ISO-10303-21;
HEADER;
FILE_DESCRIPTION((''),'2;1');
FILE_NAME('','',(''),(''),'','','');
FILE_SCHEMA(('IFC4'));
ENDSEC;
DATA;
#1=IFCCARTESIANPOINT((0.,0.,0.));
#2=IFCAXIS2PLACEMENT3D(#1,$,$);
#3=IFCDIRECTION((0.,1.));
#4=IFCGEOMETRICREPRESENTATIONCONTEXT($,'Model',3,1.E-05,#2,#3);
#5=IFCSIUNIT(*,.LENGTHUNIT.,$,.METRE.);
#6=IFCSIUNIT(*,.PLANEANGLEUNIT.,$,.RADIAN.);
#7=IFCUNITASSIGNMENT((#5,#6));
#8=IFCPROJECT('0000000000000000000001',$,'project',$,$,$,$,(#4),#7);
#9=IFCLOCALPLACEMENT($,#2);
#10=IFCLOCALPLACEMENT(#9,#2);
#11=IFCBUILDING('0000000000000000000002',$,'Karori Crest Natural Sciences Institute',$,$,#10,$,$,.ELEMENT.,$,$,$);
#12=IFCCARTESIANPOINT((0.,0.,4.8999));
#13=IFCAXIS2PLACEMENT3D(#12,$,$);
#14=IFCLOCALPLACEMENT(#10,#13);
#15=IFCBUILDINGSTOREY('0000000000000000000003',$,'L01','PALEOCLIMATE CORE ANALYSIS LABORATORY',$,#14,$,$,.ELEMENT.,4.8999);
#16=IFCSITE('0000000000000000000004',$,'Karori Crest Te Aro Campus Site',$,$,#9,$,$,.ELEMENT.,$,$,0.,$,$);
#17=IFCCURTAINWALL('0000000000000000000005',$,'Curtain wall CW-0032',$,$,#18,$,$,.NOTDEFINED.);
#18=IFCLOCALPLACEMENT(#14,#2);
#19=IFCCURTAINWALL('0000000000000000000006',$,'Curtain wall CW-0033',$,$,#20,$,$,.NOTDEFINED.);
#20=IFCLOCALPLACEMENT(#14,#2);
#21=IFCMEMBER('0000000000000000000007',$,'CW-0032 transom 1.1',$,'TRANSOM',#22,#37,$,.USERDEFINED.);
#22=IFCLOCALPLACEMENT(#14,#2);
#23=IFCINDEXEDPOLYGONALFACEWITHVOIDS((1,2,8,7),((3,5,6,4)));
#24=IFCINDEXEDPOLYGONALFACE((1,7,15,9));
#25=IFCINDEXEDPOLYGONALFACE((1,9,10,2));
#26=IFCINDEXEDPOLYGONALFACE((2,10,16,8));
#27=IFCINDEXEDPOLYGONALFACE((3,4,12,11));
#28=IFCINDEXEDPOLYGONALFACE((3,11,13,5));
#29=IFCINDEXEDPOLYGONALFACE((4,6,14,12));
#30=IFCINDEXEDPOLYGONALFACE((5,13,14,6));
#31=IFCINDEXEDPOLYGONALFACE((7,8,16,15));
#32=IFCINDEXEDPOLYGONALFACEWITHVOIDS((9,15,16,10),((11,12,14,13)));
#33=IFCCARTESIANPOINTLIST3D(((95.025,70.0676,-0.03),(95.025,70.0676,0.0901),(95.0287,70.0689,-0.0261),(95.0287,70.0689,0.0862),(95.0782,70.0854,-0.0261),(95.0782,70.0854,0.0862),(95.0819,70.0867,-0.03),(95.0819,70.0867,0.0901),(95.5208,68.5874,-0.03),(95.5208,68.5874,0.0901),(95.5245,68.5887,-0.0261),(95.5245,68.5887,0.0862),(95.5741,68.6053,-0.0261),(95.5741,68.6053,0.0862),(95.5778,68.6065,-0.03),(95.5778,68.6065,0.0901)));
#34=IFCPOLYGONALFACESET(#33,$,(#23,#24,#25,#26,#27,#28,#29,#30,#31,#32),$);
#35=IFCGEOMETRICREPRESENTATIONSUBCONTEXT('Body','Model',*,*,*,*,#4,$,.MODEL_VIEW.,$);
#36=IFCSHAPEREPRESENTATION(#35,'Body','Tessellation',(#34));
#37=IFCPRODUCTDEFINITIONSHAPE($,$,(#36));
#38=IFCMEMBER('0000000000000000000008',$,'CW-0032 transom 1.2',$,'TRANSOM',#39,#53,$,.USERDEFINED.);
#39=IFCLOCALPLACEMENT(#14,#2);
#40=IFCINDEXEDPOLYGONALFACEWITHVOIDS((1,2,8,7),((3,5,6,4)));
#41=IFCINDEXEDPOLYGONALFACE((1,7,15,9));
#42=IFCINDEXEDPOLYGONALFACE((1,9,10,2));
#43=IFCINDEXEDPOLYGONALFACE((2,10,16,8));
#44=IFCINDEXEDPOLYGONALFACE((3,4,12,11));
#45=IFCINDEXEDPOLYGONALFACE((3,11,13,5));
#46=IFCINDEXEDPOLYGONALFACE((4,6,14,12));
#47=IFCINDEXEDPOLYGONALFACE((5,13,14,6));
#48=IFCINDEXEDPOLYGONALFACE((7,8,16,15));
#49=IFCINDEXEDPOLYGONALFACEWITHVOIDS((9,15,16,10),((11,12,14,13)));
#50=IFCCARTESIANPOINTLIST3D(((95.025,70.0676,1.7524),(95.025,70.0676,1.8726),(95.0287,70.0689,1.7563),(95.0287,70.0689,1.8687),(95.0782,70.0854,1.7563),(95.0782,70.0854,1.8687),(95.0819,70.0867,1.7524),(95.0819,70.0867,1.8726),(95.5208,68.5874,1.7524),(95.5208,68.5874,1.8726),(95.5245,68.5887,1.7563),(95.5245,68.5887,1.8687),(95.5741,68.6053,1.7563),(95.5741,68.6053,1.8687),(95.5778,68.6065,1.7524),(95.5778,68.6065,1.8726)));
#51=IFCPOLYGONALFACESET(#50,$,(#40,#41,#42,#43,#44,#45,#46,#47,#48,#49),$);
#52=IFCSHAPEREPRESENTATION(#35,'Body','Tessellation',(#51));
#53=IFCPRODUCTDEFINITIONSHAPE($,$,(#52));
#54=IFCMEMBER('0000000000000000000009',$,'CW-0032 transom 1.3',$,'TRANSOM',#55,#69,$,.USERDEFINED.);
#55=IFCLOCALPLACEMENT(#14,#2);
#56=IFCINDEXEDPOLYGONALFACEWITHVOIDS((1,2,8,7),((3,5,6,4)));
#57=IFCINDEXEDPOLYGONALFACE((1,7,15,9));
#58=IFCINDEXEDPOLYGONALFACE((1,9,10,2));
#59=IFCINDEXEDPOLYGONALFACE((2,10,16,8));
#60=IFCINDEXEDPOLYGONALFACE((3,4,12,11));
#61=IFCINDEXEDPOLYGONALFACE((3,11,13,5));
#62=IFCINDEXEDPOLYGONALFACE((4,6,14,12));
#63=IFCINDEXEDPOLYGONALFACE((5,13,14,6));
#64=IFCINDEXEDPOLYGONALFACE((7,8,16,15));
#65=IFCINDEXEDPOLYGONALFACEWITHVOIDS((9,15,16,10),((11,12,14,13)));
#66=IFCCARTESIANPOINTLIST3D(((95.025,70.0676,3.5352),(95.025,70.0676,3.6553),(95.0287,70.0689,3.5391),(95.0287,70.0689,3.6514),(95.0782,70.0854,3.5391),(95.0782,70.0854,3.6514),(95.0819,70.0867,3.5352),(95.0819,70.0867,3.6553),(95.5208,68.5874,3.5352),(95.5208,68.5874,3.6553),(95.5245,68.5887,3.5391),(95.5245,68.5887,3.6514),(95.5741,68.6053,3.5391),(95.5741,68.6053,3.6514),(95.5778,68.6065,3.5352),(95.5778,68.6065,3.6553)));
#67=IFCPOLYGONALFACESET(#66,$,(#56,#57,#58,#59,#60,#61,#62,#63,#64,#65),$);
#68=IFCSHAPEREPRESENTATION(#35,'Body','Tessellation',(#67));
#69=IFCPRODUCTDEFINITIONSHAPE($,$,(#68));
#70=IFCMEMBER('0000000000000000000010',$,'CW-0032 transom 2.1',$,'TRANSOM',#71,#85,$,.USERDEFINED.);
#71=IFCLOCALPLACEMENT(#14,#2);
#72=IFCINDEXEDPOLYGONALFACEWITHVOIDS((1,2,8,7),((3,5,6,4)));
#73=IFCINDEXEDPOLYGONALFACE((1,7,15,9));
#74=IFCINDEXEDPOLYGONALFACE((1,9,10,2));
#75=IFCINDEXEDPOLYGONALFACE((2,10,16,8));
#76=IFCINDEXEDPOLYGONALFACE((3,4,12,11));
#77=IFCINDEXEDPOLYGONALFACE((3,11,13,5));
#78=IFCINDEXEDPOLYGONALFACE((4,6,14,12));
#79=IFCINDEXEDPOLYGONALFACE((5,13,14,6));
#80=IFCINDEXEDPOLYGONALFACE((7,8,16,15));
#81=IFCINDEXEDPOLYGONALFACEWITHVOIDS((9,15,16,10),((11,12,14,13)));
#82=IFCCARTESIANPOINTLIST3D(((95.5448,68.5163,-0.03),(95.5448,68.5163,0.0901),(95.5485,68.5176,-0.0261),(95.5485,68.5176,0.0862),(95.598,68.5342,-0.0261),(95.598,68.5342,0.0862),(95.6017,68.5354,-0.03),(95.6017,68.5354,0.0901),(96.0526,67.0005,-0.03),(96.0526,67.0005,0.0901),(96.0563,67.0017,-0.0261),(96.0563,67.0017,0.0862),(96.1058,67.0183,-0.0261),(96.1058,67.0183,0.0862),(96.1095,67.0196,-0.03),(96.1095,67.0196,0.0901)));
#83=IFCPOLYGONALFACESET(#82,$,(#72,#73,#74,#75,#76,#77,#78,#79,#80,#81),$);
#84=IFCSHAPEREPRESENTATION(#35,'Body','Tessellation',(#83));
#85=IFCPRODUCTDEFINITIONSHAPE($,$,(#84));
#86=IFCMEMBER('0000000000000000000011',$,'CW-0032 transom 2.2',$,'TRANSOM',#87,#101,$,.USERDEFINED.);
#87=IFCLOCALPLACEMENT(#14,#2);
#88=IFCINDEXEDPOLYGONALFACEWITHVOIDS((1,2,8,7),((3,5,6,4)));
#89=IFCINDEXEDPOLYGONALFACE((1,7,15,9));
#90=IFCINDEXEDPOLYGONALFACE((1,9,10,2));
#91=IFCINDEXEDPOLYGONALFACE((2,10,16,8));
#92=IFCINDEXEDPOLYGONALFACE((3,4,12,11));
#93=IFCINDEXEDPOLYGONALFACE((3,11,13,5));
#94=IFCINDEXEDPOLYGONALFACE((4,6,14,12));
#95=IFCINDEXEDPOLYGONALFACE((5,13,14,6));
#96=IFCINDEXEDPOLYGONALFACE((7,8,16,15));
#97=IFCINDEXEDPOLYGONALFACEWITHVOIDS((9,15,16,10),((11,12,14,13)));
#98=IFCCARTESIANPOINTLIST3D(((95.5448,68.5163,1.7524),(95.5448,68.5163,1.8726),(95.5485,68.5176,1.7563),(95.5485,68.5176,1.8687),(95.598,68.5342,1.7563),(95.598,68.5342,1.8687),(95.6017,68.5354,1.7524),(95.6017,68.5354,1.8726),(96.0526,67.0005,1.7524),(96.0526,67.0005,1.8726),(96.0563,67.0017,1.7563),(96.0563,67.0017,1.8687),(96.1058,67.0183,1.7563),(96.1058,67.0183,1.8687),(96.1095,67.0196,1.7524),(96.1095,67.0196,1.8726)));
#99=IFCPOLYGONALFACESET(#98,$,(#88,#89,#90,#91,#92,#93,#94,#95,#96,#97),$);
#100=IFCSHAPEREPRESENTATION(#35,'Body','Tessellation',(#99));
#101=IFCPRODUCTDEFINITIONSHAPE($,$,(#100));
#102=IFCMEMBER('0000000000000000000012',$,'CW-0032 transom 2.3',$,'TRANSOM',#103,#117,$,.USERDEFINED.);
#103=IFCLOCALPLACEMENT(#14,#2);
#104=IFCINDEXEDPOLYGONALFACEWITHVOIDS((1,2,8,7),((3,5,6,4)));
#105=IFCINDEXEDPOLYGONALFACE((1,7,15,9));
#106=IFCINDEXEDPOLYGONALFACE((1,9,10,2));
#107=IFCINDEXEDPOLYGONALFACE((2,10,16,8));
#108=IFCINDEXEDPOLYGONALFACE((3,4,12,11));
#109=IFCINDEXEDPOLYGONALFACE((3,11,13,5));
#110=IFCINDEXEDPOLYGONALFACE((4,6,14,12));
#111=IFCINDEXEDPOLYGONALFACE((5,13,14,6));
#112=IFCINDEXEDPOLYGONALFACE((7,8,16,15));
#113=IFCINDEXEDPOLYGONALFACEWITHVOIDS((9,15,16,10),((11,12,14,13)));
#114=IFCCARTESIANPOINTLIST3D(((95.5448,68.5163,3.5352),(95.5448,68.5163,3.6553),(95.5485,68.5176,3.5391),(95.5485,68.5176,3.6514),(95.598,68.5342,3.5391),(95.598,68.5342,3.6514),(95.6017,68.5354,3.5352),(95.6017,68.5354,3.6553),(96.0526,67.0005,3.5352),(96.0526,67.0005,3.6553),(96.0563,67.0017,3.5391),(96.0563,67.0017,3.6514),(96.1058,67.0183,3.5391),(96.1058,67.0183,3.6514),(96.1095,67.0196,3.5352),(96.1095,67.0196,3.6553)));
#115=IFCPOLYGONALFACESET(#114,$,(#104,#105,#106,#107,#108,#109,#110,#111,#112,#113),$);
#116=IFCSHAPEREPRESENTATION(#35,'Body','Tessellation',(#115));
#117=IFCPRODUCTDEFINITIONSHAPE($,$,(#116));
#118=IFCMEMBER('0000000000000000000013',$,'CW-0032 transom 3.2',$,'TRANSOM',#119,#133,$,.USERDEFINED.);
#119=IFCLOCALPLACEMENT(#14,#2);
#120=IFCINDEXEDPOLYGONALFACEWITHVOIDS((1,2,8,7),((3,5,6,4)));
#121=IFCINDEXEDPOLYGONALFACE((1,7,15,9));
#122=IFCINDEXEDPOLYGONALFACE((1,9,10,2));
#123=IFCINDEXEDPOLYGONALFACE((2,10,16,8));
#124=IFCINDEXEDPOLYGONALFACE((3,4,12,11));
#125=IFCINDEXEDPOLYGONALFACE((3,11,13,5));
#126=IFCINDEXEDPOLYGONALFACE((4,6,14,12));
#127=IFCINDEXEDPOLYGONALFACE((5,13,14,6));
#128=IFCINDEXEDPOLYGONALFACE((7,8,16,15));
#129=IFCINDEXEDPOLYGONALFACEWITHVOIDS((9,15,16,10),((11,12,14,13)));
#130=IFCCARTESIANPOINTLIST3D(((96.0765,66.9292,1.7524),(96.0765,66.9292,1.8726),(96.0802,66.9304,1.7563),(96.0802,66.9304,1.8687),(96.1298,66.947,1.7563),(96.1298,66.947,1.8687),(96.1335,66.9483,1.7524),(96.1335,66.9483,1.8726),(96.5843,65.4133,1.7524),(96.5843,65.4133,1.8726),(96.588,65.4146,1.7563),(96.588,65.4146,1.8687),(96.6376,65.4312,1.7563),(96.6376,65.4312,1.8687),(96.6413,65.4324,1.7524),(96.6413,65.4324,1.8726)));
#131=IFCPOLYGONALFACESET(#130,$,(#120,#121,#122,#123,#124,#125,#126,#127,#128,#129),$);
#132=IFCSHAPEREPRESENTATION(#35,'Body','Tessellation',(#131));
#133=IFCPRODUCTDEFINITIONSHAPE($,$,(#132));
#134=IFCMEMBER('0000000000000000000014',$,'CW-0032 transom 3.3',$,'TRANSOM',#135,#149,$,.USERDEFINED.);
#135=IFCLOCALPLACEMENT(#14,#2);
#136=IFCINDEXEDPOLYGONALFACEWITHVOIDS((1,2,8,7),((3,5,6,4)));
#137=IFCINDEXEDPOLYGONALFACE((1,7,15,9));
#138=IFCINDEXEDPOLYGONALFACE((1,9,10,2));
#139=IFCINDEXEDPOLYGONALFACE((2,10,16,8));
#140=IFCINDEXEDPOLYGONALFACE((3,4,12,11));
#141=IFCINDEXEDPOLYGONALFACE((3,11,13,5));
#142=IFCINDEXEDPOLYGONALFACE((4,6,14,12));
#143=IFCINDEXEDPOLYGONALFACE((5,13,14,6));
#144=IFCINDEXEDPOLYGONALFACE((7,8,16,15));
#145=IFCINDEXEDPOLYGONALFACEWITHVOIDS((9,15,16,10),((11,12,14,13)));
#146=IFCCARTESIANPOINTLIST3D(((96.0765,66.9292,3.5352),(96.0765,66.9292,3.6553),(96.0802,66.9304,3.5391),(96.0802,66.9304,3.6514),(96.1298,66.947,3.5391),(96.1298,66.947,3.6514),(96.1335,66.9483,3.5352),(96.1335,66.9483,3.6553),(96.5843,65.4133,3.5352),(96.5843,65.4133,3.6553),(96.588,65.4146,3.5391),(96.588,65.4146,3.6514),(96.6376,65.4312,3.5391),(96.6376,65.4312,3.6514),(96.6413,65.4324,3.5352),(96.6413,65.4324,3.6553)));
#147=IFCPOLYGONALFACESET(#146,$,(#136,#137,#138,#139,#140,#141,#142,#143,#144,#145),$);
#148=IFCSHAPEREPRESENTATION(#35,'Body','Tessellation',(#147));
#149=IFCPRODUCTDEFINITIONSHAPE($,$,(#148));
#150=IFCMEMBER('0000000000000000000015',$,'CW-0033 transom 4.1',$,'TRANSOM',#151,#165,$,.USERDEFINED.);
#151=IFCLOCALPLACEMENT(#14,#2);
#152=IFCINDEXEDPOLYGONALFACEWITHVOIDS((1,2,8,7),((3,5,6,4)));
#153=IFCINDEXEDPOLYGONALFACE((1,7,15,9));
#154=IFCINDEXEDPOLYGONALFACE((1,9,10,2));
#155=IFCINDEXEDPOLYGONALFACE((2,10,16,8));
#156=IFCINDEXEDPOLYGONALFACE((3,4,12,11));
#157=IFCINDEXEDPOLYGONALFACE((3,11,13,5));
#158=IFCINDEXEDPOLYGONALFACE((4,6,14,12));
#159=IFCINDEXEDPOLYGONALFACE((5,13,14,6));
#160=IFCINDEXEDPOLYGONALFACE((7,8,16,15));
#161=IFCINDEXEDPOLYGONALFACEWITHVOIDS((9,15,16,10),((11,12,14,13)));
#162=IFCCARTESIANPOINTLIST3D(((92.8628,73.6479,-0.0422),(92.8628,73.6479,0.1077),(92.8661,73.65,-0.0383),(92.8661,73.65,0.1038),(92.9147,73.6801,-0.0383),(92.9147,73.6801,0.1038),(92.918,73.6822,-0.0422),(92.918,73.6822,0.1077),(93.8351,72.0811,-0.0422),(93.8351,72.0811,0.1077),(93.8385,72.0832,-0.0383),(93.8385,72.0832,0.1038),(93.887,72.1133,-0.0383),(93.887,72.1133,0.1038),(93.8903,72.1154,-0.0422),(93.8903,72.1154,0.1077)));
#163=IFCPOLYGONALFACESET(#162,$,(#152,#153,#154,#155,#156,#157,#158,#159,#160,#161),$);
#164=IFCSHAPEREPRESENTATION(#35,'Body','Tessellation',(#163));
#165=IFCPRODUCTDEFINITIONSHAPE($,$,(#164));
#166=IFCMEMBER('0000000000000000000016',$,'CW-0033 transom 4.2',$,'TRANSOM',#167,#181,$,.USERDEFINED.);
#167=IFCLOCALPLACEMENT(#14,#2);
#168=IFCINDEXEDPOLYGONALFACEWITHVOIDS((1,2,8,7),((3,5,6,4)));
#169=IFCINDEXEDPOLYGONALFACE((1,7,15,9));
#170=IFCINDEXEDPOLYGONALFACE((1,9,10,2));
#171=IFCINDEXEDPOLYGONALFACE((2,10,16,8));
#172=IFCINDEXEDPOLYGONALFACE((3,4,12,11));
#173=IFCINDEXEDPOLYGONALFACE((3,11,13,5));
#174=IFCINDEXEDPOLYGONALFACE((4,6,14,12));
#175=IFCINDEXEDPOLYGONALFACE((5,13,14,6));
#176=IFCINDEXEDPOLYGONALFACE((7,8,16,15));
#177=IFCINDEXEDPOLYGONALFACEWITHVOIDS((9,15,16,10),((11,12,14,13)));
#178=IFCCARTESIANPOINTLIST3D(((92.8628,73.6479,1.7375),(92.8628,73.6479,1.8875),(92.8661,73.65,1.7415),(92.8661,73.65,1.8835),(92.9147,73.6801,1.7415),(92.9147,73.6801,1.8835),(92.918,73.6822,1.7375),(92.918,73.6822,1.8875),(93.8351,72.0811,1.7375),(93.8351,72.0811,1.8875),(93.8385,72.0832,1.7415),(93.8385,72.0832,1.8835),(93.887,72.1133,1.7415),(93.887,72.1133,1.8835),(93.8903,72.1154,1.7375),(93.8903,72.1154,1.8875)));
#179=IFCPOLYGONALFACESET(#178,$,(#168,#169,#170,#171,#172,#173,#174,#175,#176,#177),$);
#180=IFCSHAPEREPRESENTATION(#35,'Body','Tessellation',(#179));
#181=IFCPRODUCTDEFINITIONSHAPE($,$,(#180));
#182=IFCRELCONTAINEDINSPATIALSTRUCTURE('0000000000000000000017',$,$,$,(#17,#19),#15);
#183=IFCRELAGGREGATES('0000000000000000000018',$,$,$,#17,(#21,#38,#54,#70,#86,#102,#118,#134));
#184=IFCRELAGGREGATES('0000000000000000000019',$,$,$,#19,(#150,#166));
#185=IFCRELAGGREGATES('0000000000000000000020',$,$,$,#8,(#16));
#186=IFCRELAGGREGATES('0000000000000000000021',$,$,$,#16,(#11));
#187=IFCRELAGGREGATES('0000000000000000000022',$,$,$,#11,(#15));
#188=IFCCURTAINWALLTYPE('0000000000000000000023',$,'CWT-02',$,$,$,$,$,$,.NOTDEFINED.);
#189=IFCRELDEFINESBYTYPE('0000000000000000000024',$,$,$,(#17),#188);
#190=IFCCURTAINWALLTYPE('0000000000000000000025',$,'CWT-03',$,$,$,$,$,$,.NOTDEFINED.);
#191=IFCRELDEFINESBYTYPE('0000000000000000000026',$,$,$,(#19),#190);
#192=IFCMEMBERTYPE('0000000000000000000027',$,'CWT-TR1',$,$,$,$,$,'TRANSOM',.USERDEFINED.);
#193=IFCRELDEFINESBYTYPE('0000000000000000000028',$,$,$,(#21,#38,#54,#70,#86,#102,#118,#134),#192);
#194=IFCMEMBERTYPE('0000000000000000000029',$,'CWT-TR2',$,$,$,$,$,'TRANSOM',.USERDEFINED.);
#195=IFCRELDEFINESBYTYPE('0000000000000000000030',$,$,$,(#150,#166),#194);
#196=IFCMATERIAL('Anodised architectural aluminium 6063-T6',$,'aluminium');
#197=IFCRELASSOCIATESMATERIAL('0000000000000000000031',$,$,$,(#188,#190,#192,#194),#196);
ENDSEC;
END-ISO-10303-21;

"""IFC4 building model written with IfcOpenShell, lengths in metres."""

from ifc_helpers import new_model, si_unit, direction, frame, origin, origin_2d, place, context, subcontext, project, spatial, hollow_rectangle, extrude, material, material_profile, profile_set, type_object, element, aggregate, save


model = new_model("IFC4")

# Units and contexts
model_context = context("Model", 3, precision=1e-05, world=origin(), true_north=direction((0.0, 1.0)))
body_context = subcontext(model_context, "Body", "Model", "MODEL_VIEW")
ifc_project = project(units=[si_unit("LENGTHUNIT", "METRE"), si_unit("PLANEANGLEUNIT", "RADIAN")], contexts=[model_context])

# Site, building, storey
site_placement = place(None, origin())
site = spatial("IfcSite", under=ifc_project, at=site_placement, Name="Karori Crest Te Aro Campus Site", CompositionType="ELEMENT", RefElevation=0.0)
building_placement = place(site_placement, origin())
building = spatial("IfcBuilding", under=site, at=building_placement, Name="Karori Crest Natural Sciences Institute", CompositionType="ELEMENT")
storey_placement = place(building_placement, frame((0.0, 0.0, 4.8999)))
storey = spatial("IfcBuildingStorey", under=building, at=storey_placement, Name="L01", Description="PALEOCLIMATE CORE ANALYSIS LABORATORY", CompositionType="ELEMENT", Elevation=4.8999)

# Curtain walls
ifc_material_1 = material(Name="Anodised architectural aluminium 6063-T6", Category="aluminium")
curtain_wall_type_1 = type_object("IfcCurtainWallType", Name="CWT-02", PredefinedType="NOTDEFINED", material=ifc_material_1)
curtain_wall_1_placement = place(storey_placement, origin())
curtain_wall_1 = element("IfcCurtainWall", 1, at=curtain_wall_1_placement, inside=storey, type_object=curtain_wall_type_1, Name="Curtain wall CW-0032", PredefinedType="NOTDEFINED")
curtain_wall_type_2 = type_object("IfcCurtainWallType", Name="CWT-03", PredefinedType="NOTDEFINED", material=ifc_material_1)
curtain_wall_2_placement = place(storey_placement, origin())
curtain_wall_2 = element("IfcCurtainWall", 2, at=curtain_wall_2_placement, inside=storey, type_object=curtain_wall_type_2, Name="Curtain wall CW-0033", PredefinedType="NOTDEFINED")

# Members
ifc_material_profile_1 = material_profile(ifc_material_1, hollow_rectangle(XDim=0.0601, YDim=0.1201, WallThickness=0.0039, at=origin_2d()), Name="CWT120x60x4")
ifc_profile_set_1 = profile_set([ifc_material_profile_1], Name="Anodised architectural aluminium 6063-T6")
member_type_1 = type_object("IfcMemberType", Name="CWT-TR1", ElementType="TRANSOM", PredefinedType="USERDEFINED", material=ifc_profile_set_1)
member_1_placement = place(storey_placement, frame((95.0535, 70.0771, 0.03), z_axis=(0.317635, -0.948213, 0.0), x_axis=(0.948213, 0.317635, 0.0)))
member_1 = element("IfcMember", 3, at=member_1_placement, type_object=member_type_1, Name="CW-0032 transom 1.1", ObjectType="TRANSOM", PredefinedType="USERDEFINED", context=body_context, shape_type="SweptSolid", body=[
    extrude(hollow_rectangle(XDim=0.0601, YDim=0.1201, WallThickness=0.0039, at=origin_2d()), origin(), (0.0, 0.0, 1.0), 1.561),
])
member_2_placement = place(storey_placement, frame((95.0535, 70.0771, 1.8125), z_axis=(0.317635, -0.948213, 0.0), x_axis=(0.948213, 0.317635, 0.0)))
member_2 = element("IfcMember", 4, at=member_2_placement, type_object=member_type_1, Name="CW-0032 transom 1.2", ObjectType="TRANSOM", PredefinedType="USERDEFINED", context=body_context, shape_type="SweptSolid", body=[
    extrude(hollow_rectangle(XDim=0.0601, YDim=0.1201, WallThickness=0.0039, at=origin_2d()), origin(), (0.0, 0.0, 1.0), 1.561),
])
member_3_placement = place(storey_placement, frame((95.0535, 70.0771, 3.5952), z_axis=(0.317635, -0.948213, 0.0), x_axis=(0.948213, 0.317635, 0.0)))
member_3 = element("IfcMember", 5, at=member_3_placement, type_object=member_type_1, Name="CW-0032 transom 1.3", ObjectType="TRANSOM", PredefinedType="USERDEFINED", context=body_context, shape_type="SweptSolid", body=[
    extrude(hollow_rectangle(XDim=0.0601, YDim=0.1201, WallThickness=0.0039, at=origin_2d()), origin(), (0.0, 0.0, 1.0), 1.561),
])
member_4_placement = place(storey_placement, frame((95.5732, 68.5259, 0.03), z_axis=(0.317648, -0.948209, 0.0), x_axis=(0.948209, 0.317648, 0.0)))
member_4 = element("IfcMember", 6, at=member_4_placement, type_object=member_type_1, Name="CW-0032 transom 2.1", ObjectType="TRANSOM", PredefinedType="USERDEFINED", context=body_context, shape_type="SweptSolid", body=[
    extrude(hollow_rectangle(XDim=0.0601, YDim=0.1201, WallThickness=0.0039, at=origin_2d()), origin(), (0.0, 0.0, 1.0), 1.5986),
])
member_5_placement = place(storey_placement, frame((95.5732, 68.5259, 1.8125), z_axis=(0.317648, -0.948209, 0.0), x_axis=(0.948209, 0.317648, 0.0)))
member_5 = element("IfcMember", 7, at=member_5_placement, type_object=member_type_1, Name="CW-0032 transom 2.2", ObjectType="TRANSOM", PredefinedType="USERDEFINED", context=body_context, shape_type="SweptSolid", body=[
    extrude(hollow_rectangle(XDim=0.0601, YDim=0.1201, WallThickness=0.0039, at=origin_2d()), origin(), (0.0, 0.0, 1.0), 1.5986),
])
member_6_placement = place(storey_placement, frame((95.5732, 68.5259, 3.5952), z_axis=(0.317648, -0.948209, 0.0), x_axis=(0.948209, 0.317648, 0.0)))
member_6 = element("IfcMember", 8, at=member_6_placement, type_object=member_type_1, Name="CW-0032 transom 2.3", ObjectType="TRANSOM", PredefinedType="USERDEFINED", context=body_context, shape_type="SweptSolid", body=[
    extrude(hollow_rectangle(XDim=0.0601, YDim=0.1201, WallThickness=0.0039, at=origin_2d()), origin(), (0.0, 0.0, 1.0), 1.5986),
])
member_7_placement = place(storey_placement, frame((96.105, 66.9387, 1.8125), z_axis=(0.317648, -0.948209, 0.0), x_axis=(0.948209, 0.317648, 0.0)))
member_7 = element("IfcMember", 9, at=member_7_placement, type_object=member_type_1, Name="CW-0032 transom 3.2", ObjectType="TRANSOM", PredefinedType="USERDEFINED", context=body_context, shape_type="SweptSolid", body=[
    extrude(hollow_rectangle(XDim=0.0601, YDim=0.1201, WallThickness=0.0039, at=origin_2d()), origin(), (0.0, 0.0, 1.0), 1.5986),
])
member_8_placement = place(storey_placement, frame((96.105, 66.9387, 3.5952), z_axis=(0.317648, -0.948209, 0.0), x_axis=(0.948209, 0.317648, 0.0)))
member_8 = element("IfcMember", 10, at=member_8_placement, type_object=member_type_1, Name="CW-0032 transom 3.3", ObjectType="TRANSOM", PredefinedType="USERDEFINED", context=body_context, shape_type="SweptSolid", body=[
    extrude(hollow_rectangle(XDim=0.0601, YDim=0.1201, WallThickness=0.0039, at=origin_2d()), origin(), (0.0, 0.0, 1.0), 1.5986),
])
ifc_material_profile_2 = material_profile(ifc_material_1, hollow_rectangle(XDim=0.0649, YDim=0.1499, WallThickness=0.0039, at=origin_2d()), Name="CWT150x65x4")
ifc_profile_set_2 = profile_set([ifc_material_profile_2], Name="Anodised architectural aluminium 6063-T6")
member_type_2 = type_object("IfcMemberType", Name="CWT-TR2", ElementType="TRANSOM", PredefinedType="USERDEFINED", material=ifc_profile_set_2)
member_9_placement = place(storey_placement, frame((92.8904, 73.665, 0.0327), z_axis=(0.527307, -0.849675, 0.0), x_axis=(0.849675, 0.527307, 0.0)))
member_9 = element("IfcMember", 11, at=member_9_placement, type_object=member_type_2, Name="CW-0033 transom 4.1", ObjectType="TRANSOM", PredefinedType="USERDEFINED", context=body_context, shape_type="SweptSolid", body=[
    extrude(hollow_rectangle(XDim=0.0649, YDim=0.1499, WallThickness=0.0039, at=origin_2d()), origin(), (0.0, 0.0, 1.0), 1.844),
])
member_10_placement = place(storey_placement, frame((92.8904, 73.665, 1.8125), z_axis=(0.527307, -0.849675, 0.0), x_axis=(0.849675, 0.527307, 0.0)))
member_10 = element("IfcMember", 12, at=member_10_placement, type_object=member_type_2, Name="CW-0033 transom 4.2", ObjectType="TRANSOM", PredefinedType="USERDEFINED", context=body_context, shape_type="SweptSolid", body=[
    extrude(hollow_rectangle(XDim=0.0649, YDim=0.1499, WallThickness=0.0039, at=origin_2d()), origin(), (0.0, 0.0, 1.0), 1.844),
])

aggregate(curtain_wall_1, [member_1, member_2, member_3, member_4, member_5, member_6, member_7, member_8])
aggregate(curtain_wall_2, [member_9, member_10])

save(model, "model.ifc")
